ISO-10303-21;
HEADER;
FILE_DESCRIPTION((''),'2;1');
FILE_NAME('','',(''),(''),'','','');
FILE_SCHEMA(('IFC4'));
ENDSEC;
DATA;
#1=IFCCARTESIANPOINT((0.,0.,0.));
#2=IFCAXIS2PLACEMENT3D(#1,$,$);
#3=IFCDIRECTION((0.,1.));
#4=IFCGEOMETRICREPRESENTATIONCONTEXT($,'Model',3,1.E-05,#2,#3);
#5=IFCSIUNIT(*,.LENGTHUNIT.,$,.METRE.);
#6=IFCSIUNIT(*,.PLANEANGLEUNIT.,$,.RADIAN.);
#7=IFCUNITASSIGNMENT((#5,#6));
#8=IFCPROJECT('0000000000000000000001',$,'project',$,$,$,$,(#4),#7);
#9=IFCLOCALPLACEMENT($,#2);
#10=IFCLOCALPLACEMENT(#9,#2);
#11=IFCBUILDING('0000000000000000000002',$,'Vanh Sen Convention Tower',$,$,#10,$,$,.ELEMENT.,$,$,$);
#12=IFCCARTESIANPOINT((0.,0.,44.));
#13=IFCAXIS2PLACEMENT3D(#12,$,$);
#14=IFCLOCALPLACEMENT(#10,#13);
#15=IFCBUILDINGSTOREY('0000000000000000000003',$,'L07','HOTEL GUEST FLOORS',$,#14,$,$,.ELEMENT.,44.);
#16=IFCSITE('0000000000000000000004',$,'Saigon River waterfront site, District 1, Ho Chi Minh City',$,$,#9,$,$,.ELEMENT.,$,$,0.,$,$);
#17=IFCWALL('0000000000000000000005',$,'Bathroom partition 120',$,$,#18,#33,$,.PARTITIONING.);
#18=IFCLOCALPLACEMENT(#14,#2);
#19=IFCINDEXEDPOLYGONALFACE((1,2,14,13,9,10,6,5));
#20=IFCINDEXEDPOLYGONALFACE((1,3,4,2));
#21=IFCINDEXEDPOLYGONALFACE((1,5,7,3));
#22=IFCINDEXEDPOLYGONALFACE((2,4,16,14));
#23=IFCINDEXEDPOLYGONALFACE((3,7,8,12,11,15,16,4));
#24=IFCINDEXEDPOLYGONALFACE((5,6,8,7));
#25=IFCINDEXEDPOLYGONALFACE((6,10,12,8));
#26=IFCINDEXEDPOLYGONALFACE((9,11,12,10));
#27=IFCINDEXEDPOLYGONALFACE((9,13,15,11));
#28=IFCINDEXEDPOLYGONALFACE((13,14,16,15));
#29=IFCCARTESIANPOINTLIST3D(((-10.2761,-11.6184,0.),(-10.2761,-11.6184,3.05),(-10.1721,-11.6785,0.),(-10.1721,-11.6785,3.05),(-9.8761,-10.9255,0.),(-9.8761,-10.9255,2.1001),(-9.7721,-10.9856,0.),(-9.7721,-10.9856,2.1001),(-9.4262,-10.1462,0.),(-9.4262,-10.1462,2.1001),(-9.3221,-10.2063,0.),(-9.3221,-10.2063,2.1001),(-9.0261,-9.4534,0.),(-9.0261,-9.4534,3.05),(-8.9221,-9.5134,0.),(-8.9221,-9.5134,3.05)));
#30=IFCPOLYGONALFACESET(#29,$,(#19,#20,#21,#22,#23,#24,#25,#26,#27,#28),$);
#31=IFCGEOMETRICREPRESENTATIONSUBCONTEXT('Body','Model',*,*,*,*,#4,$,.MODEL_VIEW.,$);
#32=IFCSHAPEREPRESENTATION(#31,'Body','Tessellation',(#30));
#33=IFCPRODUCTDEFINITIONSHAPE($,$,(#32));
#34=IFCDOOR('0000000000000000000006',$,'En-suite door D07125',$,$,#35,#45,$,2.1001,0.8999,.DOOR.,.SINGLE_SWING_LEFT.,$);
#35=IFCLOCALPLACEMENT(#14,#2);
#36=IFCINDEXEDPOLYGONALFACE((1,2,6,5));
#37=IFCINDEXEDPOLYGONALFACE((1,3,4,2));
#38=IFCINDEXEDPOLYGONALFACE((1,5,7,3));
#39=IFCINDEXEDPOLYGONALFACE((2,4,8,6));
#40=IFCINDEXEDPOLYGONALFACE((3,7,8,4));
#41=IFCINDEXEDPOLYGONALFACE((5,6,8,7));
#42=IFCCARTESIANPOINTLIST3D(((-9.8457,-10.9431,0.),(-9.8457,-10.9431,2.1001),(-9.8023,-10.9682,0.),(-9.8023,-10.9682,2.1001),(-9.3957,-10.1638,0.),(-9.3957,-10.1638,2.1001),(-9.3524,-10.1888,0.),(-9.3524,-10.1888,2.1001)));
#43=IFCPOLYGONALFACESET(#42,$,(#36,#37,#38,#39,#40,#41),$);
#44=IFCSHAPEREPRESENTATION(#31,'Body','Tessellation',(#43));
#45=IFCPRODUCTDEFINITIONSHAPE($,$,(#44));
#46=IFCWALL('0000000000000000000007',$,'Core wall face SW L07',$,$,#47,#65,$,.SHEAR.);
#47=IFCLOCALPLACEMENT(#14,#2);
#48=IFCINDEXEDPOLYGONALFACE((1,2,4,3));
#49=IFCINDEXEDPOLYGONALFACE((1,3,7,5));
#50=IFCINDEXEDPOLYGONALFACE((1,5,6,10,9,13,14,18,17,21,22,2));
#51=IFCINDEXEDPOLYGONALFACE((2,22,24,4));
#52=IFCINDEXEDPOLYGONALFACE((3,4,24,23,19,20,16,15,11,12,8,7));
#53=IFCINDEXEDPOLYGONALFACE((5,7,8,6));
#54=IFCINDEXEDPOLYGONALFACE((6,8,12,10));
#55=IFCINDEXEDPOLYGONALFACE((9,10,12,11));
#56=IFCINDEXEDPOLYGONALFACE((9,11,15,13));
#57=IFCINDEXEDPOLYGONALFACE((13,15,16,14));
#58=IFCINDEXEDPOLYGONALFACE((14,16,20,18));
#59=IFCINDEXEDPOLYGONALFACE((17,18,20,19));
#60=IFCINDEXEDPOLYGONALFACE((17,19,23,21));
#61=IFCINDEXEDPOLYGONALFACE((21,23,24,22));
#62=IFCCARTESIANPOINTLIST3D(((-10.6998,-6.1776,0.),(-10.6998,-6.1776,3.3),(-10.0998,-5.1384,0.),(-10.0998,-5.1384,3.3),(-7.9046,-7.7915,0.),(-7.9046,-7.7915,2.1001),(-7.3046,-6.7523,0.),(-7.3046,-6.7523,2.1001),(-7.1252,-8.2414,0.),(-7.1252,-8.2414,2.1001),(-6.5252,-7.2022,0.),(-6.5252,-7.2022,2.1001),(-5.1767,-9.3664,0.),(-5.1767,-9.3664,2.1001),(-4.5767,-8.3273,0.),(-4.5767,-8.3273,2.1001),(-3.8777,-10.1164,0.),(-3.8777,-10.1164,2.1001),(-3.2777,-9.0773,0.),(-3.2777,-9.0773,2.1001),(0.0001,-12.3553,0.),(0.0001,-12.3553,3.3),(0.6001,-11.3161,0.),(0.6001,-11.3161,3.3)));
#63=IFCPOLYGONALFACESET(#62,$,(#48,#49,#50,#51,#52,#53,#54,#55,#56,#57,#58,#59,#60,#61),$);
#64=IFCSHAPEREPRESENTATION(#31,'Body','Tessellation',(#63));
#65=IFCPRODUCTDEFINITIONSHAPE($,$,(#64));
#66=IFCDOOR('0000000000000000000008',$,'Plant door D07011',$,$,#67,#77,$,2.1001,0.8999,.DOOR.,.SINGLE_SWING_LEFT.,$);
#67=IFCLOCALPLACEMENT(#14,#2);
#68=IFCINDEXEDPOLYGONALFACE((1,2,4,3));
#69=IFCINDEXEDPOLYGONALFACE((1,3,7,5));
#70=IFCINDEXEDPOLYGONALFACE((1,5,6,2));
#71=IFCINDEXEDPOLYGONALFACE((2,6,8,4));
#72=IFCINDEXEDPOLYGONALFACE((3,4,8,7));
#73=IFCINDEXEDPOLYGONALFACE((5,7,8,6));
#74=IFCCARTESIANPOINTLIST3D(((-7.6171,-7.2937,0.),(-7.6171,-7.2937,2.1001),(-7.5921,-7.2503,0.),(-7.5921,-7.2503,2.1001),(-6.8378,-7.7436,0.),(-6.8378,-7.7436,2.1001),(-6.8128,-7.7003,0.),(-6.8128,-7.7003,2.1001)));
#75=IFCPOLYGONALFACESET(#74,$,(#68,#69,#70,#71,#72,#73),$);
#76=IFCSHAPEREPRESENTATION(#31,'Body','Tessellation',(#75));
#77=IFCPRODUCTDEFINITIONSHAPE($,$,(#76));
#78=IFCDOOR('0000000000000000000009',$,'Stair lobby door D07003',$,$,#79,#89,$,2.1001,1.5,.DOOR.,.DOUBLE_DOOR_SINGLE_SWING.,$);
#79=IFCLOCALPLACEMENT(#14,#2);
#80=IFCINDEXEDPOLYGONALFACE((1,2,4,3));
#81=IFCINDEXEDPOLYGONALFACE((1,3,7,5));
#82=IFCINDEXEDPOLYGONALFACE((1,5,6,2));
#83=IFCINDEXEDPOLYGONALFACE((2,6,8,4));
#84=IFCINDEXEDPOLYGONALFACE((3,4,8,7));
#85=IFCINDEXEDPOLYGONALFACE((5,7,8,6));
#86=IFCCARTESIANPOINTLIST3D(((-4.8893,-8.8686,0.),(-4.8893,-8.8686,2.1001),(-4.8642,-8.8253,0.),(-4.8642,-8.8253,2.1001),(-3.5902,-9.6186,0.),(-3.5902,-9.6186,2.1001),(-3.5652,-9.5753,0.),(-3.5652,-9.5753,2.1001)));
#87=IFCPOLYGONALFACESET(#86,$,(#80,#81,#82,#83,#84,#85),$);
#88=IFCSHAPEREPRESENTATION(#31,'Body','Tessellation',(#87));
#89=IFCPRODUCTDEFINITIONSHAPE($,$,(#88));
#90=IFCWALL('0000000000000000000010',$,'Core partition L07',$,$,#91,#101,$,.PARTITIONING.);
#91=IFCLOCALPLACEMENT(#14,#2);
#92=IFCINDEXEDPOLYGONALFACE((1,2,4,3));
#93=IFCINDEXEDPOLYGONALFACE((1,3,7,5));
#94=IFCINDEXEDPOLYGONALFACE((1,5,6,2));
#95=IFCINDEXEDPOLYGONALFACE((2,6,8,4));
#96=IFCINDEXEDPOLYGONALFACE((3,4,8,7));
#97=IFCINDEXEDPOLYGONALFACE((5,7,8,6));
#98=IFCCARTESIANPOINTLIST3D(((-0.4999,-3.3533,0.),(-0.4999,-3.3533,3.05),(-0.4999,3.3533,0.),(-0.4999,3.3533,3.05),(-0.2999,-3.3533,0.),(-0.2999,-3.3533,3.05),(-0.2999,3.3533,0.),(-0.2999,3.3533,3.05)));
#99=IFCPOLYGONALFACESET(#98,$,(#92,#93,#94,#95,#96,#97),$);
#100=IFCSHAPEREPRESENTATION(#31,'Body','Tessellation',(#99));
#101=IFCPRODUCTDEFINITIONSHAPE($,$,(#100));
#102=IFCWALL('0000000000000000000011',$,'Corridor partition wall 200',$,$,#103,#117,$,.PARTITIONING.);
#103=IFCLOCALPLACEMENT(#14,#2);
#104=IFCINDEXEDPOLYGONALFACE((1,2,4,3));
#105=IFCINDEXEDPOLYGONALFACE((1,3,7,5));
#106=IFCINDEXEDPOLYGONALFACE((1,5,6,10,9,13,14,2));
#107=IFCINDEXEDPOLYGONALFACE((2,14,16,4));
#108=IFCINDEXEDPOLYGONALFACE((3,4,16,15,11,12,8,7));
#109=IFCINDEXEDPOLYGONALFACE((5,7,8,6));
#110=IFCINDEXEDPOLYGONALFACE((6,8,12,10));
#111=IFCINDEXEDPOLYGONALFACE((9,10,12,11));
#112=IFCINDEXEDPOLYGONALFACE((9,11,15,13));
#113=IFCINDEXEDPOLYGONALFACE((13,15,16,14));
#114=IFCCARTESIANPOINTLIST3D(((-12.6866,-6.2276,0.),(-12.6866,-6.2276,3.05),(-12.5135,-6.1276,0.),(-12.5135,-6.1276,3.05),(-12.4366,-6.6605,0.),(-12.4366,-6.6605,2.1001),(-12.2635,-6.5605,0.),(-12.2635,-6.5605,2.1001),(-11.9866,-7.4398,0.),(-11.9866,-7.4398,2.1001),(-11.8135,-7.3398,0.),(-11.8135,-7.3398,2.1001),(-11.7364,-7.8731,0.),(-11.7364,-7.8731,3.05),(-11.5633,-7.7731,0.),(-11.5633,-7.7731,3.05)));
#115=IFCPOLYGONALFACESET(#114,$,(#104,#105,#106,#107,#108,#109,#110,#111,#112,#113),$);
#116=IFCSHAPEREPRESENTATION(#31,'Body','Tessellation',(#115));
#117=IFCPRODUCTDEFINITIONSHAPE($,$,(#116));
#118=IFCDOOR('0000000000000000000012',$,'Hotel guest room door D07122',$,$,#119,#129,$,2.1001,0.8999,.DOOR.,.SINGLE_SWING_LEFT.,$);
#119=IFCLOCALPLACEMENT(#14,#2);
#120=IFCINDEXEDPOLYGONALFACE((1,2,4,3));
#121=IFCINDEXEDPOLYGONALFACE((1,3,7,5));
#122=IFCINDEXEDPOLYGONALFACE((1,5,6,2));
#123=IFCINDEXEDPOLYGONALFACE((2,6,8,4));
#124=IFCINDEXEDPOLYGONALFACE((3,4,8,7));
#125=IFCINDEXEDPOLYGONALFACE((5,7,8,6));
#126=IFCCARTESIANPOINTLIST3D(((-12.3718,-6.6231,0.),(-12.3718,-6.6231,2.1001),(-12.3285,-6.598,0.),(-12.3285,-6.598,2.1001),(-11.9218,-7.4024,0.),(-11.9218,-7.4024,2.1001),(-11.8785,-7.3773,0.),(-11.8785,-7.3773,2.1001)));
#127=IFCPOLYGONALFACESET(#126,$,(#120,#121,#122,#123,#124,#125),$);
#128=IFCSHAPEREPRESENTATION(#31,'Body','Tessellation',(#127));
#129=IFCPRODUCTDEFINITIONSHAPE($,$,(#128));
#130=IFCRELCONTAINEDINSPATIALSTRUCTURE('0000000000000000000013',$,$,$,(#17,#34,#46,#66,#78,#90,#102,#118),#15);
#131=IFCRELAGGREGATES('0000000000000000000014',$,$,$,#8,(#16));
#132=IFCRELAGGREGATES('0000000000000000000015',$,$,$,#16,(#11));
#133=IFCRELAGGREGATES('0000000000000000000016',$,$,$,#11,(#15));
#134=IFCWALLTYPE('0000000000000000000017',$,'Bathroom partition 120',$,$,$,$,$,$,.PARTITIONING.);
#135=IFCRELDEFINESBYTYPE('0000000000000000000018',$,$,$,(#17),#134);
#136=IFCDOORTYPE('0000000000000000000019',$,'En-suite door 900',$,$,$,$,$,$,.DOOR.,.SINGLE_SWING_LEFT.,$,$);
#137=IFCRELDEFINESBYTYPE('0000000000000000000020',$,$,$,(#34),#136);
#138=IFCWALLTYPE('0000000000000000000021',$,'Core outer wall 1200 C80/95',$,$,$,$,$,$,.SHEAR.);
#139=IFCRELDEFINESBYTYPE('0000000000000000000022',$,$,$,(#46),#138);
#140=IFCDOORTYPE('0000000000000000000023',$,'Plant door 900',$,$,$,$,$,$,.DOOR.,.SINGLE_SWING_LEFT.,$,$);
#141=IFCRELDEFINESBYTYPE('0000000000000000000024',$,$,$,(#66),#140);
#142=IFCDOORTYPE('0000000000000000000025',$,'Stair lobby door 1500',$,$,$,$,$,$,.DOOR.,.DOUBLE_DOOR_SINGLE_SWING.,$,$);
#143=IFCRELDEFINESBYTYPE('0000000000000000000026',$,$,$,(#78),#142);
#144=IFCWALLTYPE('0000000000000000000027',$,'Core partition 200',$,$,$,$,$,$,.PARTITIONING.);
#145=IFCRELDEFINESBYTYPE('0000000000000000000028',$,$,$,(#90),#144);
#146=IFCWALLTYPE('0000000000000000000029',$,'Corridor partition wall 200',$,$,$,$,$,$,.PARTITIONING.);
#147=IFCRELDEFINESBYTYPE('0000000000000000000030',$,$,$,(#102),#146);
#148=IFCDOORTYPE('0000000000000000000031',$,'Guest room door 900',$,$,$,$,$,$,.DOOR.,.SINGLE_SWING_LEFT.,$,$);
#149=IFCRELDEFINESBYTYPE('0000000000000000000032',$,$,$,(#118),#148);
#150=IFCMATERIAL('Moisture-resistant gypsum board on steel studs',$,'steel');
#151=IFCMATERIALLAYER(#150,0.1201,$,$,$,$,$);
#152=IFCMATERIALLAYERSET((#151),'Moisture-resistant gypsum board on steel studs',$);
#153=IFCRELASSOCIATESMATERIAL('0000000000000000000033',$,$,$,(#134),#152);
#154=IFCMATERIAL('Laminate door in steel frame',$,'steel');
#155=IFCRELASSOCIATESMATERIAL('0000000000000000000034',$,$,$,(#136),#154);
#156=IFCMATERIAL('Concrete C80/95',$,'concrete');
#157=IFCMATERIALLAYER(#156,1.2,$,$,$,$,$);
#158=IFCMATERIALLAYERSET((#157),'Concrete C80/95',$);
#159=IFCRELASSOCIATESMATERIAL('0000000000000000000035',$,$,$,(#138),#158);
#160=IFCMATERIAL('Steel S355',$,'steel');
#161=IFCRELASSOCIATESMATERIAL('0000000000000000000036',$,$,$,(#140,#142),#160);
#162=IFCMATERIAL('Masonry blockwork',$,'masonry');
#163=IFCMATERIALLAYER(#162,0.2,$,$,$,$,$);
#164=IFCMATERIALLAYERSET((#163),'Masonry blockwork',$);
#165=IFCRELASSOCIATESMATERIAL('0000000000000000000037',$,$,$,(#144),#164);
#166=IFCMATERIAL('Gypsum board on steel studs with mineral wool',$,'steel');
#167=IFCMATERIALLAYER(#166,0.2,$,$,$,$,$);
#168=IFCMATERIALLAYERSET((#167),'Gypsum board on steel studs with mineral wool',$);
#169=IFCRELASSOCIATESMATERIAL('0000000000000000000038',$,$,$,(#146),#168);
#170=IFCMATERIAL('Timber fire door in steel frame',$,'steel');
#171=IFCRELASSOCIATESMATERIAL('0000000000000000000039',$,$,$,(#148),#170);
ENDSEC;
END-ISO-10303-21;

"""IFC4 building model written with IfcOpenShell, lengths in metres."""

from ifc_helpers import new_model, si_unit, direction, frame, frame_2d, origin, place, context, subcontext, project, spatial, rectangle, extrude, material, layer, layer_set, type_object, element, fill, save


model = new_model("IFC4")

# Units and contexts
model_context = context("Model", 3, precision=1e-05, world=origin(), true_north=direction((0.0, 1.0)))
body_context = subcontext(model_context, "Body", "Model", "MODEL_VIEW")
ifc_project = project(units=[si_unit("LENGTHUNIT", "METRE"), si_unit("PLANEANGLEUNIT", "RADIAN")], contexts=[model_context])

# Site, building, storey
site_placement = place(None, origin())
site = spatial("IfcSite", under=ifc_project, at=site_placement, Name="Saigon River waterfront site, District 1, Ho Chi Minh City", CompositionType="ELEMENT", RefElevation=0.0)
building_placement = place(site_placement, origin())
building = spatial("IfcBuilding", under=site, at=building_placement, Name="Vanh Sen Convention Tower", CompositionType="ELEMENT")
storey_placement = place(building_placement, frame((0.0, 0.0, 44.0)))
storey = spatial("IfcBuildingStorey", under=building, at=storey_placement, Name="L07", Description="HOTEL GUEST FLOORS", CompositionType="ELEMENT", Elevation=44.0)

# Shared definitions
ifc_material_1 = material(Name="Moisture-resistant gypsum board on steel studs", Category="steel")
ifc_layer_1 = layer(ifc_material_1, 0.1201)
ifc_layer_set_1 = layer_set([ifc_layer_1], Name="Moisture-resistant gypsum board on steel studs")
wall_type_1 = type_object("IfcWallType", Name="Bathroom partition 120", PredefinedType="PARTITIONING", material=ifc_layer_set_1)

# Wall, opening, door
wall_1_placement = place(storey_placement, frame((-10.2241, -11.6484, 0.0), z_axis=(0.0, 0.0, 1.0), x_axis=(0.500004, 0.866023, 0.0)))
wall_1 = element("IfcWall", 1, at=wall_1_placement, inside=storey, type_object=wall_type_1, Name="Bathroom partition 120", PredefinedType="PARTITIONING", context=body_context, shape_type="SweptSolid", body=[
    extrude(rectangle(XDim=2.5, YDim=0.1201, at=frame_2d((1.25, 0.0))), origin(), (0.0, 0.0, 1.0), 3.05),
])
opening_1_placement = place(wall_1_placement, frame((0.8, 0.0, 0.0)))
opening_1 = element("IfcOpeningElement", 2, at=opening_1_placement, cuts=wall_1, PredefinedType="OPENING", context=body_context, shape_type="SweptSolid", body=[
    extrude(rectangle(XDim=0.8999, YDim=2.1001, at=frame_2d((0.45, 1.05))), frame((0.0, 0.0701, 0.0), z_axis=(0.0, -1.0, 0.0), x_axis=(1.0, 0.0, 0.0)), (0.0, 0.0, 1.0), 0.1401),
])
ifc_material_2 = material(Name="Laminate door in steel frame", Category="steel")
door_type_1 = type_object("IfcDoorType", Name="En-suite door 900", OperationType="SINGLE_SWING_LEFT", PredefinedType="DOOR", material=ifc_material_2)
door_1_placement = place(opening_1_placement, origin())
door_1 = element("IfcDoor", 3, at=door_1_placement, inside=storey, type_object=door_type_1, Name="En-suite door D07125", OperationType="SINGLE_SWING_LEFT", OverallHeight=2.1001, OverallWidth=0.8999, PredefinedType="DOOR", context=body_context, shape_type="SweptSolid", body=[
    extrude(rectangle(XDim=0.8999, YDim=2.1001, at=frame_2d((0.45, 1.05))), frame((0.0, 0.0249, 0.0), z_axis=(0.0, -1.0, 0.0), x_axis=(1.0, 0.0, 0.0)), (0.0, 0.0, 1.0), 0.05),
])
fill(opening_1, door_1)

# Wall, openings, doors
ifc_material_3 = material(Name="Concrete C80/95", Category="concrete")
ifc_layer_2 = layer(ifc_material_3, 1.2)
ifc_layer_set_2 = layer_set([ifc_layer_2], Name="Concrete C80/95")
wall_type_2 = type_object("IfcWallType", Name="Core outer wall 1200 C80/95", PredefinedType="SHEAR", material=ifc_layer_set_2)
wall_2_placement = place(storey_placement, frame((-10.3999, -5.658, 0.0), z_axis=(0.0, 0.0, 1.0), x_axis=(0.866021, -0.500007, 0.0)))
wall_2 = element("IfcWall", 4, at=wall_2_placement, inside=storey, type_object=wall_type_2, Name="Core wall face SW L07", PredefinedType="SHEAR", context=body_context, shape_type="SweptSolid", body=[
    extrude(rectangle(XDim=12.3552, YDim=1.2, at=frame_2d((6.1777, 0.0))), origin(), (0.0, 0.0, 1.0), 3.3),
])
opening_2_placement = place(wall_2_placement, frame((6.3777, 0.0, 0.0)))
opening_2 = element("IfcOpeningElement", 5, at=opening_2_placement, cuts=wall_2, PredefinedType="OPENING", context=body_context, shape_type="SweptSolid", body=[
    extrude(rectangle(XDim=1.5, YDim=2.1001, at=frame_2d((0.75, 1.05))), frame((0.0, 0.6099, 0.0), z_axis=(0.0, -1.0, 0.0), x_axis=(1.0, 0.0, 0.0)), (0.0, 0.0, 1.0), 1.22),
])
opening_3_placement = place(wall_2_placement, frame((3.2278, 0.0, 0.0)))
opening_3 = element("IfcOpeningElement", 6, at=opening_3_placement, cuts=wall_2, PredefinedType="OPENING", context=body_context, shape_type="SweptSolid", body=[
    extrude(rectangle(XDim=0.8999, YDim=2.1001, at=frame_2d((0.45, 1.05))), frame((0.0, 0.6099, 0.0), z_axis=(0.0, -1.0, 0.0), x_axis=(1.0, 0.0, 0.0)), (0.0, 0.0, 1.0), 1.22),
])
ifc_material_4 = material(Name="Steel S355", Category="steel")
door_type_2 = type_object("IfcDoorType", Name="Plant door 900", OperationType="SINGLE_SWING_LEFT", PredefinedType="DOOR", material=ifc_material_4)
door_2_placement = place(opening_3_placement, origin())
door_2 = element("IfcDoor", 7, at=door_2_placement, inside=storey, type_object=door_type_2, Name="Plant door D07011", OperationType="SINGLE_SWING_LEFT", OverallHeight=2.1001, OverallWidth=0.8999, PredefinedType="DOOR", context=body_context, shape_type="SweptSolid", body=[
    extrude(rectangle(XDim=0.8999, YDim=2.1001, at=frame_2d((0.45, 1.05))), frame((0.0, 0.0249, 0.0), z_axis=(0.0, -1.0, 0.0), x_axis=(1.0, 0.0, 0.0)), (0.0, 0.0, 1.0), 0.05),
])
fill(opening_3, door_2)
door_type_3 = type_object("IfcDoorType", Name="Stair lobby door 1500", OperationType="DOUBLE_DOOR_SINGLE_SWING", PredefinedType="DOOR", material=ifc_material_4)
door_3_placement = place(opening_2_placement, origin())
door_3 = element("IfcDoor", 8, at=door_3_placement, inside=storey, type_object=door_type_3, Name="Stair lobby door D07003", OperationType="DOUBLE_DOOR_SINGLE_SWING", OverallHeight=2.1001, OverallWidth=1.5, PredefinedType="DOOR", context=body_context, shape_type="SweptSolid", body=[
    extrude(rectangle(XDim=1.5, YDim=2.1001, at=frame_2d((0.75, 1.05))), frame((0.0, 0.0249, 0.0), z_axis=(0.0, -1.0, 0.0), x_axis=(1.0, 0.0, 0.0)), (0.0, 0.0, 1.0), 0.05),
])
fill(opening_2, door_3)

# Wall
ifc_material_5 = material(Name="Masonry blockwork", Category="masonry")
ifc_layer_3 = layer(ifc_material_5, 0.2)
ifc_layer_set_3 = layer_set([ifc_layer_3], Name="Masonry blockwork")
wall_type_3 = type_object("IfcWallType", Name="Core partition 200", PredefinedType="PARTITIONING", material=ifc_layer_set_3)
wall_3_placement = place(storey_placement, frame((-0.3999, -3.3533, 0.0), z_axis=(0.0, 0.0, 1.0), x_axis=(0.0, 1.0, 0.0)))
element("IfcWall", 9, at=wall_3_placement, inside=storey, type_object=wall_type_3, Name="Core partition L07", PredefinedType="PARTITIONING", context=body_context, shape_type="SweptSolid", body=[
    extrude(rectangle(XDim=6.7065, YDim=0.2, at=frame_2d((3.3533, 0.0))), origin(), (0.0, 0.0, 1.0), 3.05),
])

# Wall, opening, door
ifc_material_6 = material(Name="Gypsum board on steel studs with mineral wool", Category="steel")
ifc_layer_4 = layer(ifc_material_6, 0.2)
ifc_layer_set_4 = layer_set([ifc_layer_4], Name="Gypsum board on steel studs with mineral wool")
wall_type_4 = type_object("IfcWallType", Name="Corridor partition wall 200", PredefinedType="PARTITIONING", material=ifc_layer_set_4)
wall_4_placement = place(storey_placement, frame((-12.6001, -6.1775, 0.0), z_axis=(0.0, 0.0, 1.0), x_axis=(0.500064, -0.865989, 0.0)))
wall_4 = element("IfcWall", 10, at=wall_4_placement, inside=storey, type_object=wall_type_4, Name="Corridor partition wall 200", PredefinedType="PARTITIONING", context=body_context, shape_type="SweptSolid", body=[
    extrude(rectangle(XDim=1.9001, YDim=0.2, at=frame_2d((0.9502, 0.0))), origin(), (0.0, 0.0, 1.0), 3.05),
])
opening_4_placement = place(wall_4_placement, frame((0.5, 0.0, 0.0)))
opening_4 = element("IfcOpeningElement", 11, at=opening_4_placement, cuts=wall_4, PredefinedType="OPENING", context=body_context, shape_type="SweptSolid", body=[
    extrude(rectangle(XDim=0.8999, YDim=2.1001, at=frame_2d((0.45, 1.05))), frame((0.0, 0.1099, 0.0), z_axis=(0.0, -1.0, 0.0), x_axis=(1.0, 0.0, 0.0)), (0.0, 0.0, 1.0), 0.22),
])
ifc_material_7 = material(Name="Timber fire door in steel frame", Category="steel")
door_type_4 = type_object("IfcDoorType", Name="Guest room door 900", OperationType="SINGLE_SWING_LEFT", PredefinedType="DOOR", material=ifc_material_7)
door_4_placement = place(opening_4_placement, origin())
door_4 = element("IfcDoor", 12, at=door_4_placement, inside=storey, type_object=door_type_4, Name="Hotel guest room door D07122", OperationType="SINGLE_SWING_LEFT", OverallHeight=2.1001, OverallWidth=0.8999, PredefinedType="DOOR", context=body_context, shape_type="SweptSolid", body=[
    extrude(rectangle(XDim=0.8999, YDim=2.1001, at=frame_2d((0.45, 1.05))), frame((0.0, 0.0249, 0.0), z_axis=(0.0, -1.0, 0.0), x_axis=(1.0, 0.0, 0.0)), (0.0, 0.0, 1.0), 0.05),
])
fill(opening_4, door_4)

save(model, "model.ifc")
